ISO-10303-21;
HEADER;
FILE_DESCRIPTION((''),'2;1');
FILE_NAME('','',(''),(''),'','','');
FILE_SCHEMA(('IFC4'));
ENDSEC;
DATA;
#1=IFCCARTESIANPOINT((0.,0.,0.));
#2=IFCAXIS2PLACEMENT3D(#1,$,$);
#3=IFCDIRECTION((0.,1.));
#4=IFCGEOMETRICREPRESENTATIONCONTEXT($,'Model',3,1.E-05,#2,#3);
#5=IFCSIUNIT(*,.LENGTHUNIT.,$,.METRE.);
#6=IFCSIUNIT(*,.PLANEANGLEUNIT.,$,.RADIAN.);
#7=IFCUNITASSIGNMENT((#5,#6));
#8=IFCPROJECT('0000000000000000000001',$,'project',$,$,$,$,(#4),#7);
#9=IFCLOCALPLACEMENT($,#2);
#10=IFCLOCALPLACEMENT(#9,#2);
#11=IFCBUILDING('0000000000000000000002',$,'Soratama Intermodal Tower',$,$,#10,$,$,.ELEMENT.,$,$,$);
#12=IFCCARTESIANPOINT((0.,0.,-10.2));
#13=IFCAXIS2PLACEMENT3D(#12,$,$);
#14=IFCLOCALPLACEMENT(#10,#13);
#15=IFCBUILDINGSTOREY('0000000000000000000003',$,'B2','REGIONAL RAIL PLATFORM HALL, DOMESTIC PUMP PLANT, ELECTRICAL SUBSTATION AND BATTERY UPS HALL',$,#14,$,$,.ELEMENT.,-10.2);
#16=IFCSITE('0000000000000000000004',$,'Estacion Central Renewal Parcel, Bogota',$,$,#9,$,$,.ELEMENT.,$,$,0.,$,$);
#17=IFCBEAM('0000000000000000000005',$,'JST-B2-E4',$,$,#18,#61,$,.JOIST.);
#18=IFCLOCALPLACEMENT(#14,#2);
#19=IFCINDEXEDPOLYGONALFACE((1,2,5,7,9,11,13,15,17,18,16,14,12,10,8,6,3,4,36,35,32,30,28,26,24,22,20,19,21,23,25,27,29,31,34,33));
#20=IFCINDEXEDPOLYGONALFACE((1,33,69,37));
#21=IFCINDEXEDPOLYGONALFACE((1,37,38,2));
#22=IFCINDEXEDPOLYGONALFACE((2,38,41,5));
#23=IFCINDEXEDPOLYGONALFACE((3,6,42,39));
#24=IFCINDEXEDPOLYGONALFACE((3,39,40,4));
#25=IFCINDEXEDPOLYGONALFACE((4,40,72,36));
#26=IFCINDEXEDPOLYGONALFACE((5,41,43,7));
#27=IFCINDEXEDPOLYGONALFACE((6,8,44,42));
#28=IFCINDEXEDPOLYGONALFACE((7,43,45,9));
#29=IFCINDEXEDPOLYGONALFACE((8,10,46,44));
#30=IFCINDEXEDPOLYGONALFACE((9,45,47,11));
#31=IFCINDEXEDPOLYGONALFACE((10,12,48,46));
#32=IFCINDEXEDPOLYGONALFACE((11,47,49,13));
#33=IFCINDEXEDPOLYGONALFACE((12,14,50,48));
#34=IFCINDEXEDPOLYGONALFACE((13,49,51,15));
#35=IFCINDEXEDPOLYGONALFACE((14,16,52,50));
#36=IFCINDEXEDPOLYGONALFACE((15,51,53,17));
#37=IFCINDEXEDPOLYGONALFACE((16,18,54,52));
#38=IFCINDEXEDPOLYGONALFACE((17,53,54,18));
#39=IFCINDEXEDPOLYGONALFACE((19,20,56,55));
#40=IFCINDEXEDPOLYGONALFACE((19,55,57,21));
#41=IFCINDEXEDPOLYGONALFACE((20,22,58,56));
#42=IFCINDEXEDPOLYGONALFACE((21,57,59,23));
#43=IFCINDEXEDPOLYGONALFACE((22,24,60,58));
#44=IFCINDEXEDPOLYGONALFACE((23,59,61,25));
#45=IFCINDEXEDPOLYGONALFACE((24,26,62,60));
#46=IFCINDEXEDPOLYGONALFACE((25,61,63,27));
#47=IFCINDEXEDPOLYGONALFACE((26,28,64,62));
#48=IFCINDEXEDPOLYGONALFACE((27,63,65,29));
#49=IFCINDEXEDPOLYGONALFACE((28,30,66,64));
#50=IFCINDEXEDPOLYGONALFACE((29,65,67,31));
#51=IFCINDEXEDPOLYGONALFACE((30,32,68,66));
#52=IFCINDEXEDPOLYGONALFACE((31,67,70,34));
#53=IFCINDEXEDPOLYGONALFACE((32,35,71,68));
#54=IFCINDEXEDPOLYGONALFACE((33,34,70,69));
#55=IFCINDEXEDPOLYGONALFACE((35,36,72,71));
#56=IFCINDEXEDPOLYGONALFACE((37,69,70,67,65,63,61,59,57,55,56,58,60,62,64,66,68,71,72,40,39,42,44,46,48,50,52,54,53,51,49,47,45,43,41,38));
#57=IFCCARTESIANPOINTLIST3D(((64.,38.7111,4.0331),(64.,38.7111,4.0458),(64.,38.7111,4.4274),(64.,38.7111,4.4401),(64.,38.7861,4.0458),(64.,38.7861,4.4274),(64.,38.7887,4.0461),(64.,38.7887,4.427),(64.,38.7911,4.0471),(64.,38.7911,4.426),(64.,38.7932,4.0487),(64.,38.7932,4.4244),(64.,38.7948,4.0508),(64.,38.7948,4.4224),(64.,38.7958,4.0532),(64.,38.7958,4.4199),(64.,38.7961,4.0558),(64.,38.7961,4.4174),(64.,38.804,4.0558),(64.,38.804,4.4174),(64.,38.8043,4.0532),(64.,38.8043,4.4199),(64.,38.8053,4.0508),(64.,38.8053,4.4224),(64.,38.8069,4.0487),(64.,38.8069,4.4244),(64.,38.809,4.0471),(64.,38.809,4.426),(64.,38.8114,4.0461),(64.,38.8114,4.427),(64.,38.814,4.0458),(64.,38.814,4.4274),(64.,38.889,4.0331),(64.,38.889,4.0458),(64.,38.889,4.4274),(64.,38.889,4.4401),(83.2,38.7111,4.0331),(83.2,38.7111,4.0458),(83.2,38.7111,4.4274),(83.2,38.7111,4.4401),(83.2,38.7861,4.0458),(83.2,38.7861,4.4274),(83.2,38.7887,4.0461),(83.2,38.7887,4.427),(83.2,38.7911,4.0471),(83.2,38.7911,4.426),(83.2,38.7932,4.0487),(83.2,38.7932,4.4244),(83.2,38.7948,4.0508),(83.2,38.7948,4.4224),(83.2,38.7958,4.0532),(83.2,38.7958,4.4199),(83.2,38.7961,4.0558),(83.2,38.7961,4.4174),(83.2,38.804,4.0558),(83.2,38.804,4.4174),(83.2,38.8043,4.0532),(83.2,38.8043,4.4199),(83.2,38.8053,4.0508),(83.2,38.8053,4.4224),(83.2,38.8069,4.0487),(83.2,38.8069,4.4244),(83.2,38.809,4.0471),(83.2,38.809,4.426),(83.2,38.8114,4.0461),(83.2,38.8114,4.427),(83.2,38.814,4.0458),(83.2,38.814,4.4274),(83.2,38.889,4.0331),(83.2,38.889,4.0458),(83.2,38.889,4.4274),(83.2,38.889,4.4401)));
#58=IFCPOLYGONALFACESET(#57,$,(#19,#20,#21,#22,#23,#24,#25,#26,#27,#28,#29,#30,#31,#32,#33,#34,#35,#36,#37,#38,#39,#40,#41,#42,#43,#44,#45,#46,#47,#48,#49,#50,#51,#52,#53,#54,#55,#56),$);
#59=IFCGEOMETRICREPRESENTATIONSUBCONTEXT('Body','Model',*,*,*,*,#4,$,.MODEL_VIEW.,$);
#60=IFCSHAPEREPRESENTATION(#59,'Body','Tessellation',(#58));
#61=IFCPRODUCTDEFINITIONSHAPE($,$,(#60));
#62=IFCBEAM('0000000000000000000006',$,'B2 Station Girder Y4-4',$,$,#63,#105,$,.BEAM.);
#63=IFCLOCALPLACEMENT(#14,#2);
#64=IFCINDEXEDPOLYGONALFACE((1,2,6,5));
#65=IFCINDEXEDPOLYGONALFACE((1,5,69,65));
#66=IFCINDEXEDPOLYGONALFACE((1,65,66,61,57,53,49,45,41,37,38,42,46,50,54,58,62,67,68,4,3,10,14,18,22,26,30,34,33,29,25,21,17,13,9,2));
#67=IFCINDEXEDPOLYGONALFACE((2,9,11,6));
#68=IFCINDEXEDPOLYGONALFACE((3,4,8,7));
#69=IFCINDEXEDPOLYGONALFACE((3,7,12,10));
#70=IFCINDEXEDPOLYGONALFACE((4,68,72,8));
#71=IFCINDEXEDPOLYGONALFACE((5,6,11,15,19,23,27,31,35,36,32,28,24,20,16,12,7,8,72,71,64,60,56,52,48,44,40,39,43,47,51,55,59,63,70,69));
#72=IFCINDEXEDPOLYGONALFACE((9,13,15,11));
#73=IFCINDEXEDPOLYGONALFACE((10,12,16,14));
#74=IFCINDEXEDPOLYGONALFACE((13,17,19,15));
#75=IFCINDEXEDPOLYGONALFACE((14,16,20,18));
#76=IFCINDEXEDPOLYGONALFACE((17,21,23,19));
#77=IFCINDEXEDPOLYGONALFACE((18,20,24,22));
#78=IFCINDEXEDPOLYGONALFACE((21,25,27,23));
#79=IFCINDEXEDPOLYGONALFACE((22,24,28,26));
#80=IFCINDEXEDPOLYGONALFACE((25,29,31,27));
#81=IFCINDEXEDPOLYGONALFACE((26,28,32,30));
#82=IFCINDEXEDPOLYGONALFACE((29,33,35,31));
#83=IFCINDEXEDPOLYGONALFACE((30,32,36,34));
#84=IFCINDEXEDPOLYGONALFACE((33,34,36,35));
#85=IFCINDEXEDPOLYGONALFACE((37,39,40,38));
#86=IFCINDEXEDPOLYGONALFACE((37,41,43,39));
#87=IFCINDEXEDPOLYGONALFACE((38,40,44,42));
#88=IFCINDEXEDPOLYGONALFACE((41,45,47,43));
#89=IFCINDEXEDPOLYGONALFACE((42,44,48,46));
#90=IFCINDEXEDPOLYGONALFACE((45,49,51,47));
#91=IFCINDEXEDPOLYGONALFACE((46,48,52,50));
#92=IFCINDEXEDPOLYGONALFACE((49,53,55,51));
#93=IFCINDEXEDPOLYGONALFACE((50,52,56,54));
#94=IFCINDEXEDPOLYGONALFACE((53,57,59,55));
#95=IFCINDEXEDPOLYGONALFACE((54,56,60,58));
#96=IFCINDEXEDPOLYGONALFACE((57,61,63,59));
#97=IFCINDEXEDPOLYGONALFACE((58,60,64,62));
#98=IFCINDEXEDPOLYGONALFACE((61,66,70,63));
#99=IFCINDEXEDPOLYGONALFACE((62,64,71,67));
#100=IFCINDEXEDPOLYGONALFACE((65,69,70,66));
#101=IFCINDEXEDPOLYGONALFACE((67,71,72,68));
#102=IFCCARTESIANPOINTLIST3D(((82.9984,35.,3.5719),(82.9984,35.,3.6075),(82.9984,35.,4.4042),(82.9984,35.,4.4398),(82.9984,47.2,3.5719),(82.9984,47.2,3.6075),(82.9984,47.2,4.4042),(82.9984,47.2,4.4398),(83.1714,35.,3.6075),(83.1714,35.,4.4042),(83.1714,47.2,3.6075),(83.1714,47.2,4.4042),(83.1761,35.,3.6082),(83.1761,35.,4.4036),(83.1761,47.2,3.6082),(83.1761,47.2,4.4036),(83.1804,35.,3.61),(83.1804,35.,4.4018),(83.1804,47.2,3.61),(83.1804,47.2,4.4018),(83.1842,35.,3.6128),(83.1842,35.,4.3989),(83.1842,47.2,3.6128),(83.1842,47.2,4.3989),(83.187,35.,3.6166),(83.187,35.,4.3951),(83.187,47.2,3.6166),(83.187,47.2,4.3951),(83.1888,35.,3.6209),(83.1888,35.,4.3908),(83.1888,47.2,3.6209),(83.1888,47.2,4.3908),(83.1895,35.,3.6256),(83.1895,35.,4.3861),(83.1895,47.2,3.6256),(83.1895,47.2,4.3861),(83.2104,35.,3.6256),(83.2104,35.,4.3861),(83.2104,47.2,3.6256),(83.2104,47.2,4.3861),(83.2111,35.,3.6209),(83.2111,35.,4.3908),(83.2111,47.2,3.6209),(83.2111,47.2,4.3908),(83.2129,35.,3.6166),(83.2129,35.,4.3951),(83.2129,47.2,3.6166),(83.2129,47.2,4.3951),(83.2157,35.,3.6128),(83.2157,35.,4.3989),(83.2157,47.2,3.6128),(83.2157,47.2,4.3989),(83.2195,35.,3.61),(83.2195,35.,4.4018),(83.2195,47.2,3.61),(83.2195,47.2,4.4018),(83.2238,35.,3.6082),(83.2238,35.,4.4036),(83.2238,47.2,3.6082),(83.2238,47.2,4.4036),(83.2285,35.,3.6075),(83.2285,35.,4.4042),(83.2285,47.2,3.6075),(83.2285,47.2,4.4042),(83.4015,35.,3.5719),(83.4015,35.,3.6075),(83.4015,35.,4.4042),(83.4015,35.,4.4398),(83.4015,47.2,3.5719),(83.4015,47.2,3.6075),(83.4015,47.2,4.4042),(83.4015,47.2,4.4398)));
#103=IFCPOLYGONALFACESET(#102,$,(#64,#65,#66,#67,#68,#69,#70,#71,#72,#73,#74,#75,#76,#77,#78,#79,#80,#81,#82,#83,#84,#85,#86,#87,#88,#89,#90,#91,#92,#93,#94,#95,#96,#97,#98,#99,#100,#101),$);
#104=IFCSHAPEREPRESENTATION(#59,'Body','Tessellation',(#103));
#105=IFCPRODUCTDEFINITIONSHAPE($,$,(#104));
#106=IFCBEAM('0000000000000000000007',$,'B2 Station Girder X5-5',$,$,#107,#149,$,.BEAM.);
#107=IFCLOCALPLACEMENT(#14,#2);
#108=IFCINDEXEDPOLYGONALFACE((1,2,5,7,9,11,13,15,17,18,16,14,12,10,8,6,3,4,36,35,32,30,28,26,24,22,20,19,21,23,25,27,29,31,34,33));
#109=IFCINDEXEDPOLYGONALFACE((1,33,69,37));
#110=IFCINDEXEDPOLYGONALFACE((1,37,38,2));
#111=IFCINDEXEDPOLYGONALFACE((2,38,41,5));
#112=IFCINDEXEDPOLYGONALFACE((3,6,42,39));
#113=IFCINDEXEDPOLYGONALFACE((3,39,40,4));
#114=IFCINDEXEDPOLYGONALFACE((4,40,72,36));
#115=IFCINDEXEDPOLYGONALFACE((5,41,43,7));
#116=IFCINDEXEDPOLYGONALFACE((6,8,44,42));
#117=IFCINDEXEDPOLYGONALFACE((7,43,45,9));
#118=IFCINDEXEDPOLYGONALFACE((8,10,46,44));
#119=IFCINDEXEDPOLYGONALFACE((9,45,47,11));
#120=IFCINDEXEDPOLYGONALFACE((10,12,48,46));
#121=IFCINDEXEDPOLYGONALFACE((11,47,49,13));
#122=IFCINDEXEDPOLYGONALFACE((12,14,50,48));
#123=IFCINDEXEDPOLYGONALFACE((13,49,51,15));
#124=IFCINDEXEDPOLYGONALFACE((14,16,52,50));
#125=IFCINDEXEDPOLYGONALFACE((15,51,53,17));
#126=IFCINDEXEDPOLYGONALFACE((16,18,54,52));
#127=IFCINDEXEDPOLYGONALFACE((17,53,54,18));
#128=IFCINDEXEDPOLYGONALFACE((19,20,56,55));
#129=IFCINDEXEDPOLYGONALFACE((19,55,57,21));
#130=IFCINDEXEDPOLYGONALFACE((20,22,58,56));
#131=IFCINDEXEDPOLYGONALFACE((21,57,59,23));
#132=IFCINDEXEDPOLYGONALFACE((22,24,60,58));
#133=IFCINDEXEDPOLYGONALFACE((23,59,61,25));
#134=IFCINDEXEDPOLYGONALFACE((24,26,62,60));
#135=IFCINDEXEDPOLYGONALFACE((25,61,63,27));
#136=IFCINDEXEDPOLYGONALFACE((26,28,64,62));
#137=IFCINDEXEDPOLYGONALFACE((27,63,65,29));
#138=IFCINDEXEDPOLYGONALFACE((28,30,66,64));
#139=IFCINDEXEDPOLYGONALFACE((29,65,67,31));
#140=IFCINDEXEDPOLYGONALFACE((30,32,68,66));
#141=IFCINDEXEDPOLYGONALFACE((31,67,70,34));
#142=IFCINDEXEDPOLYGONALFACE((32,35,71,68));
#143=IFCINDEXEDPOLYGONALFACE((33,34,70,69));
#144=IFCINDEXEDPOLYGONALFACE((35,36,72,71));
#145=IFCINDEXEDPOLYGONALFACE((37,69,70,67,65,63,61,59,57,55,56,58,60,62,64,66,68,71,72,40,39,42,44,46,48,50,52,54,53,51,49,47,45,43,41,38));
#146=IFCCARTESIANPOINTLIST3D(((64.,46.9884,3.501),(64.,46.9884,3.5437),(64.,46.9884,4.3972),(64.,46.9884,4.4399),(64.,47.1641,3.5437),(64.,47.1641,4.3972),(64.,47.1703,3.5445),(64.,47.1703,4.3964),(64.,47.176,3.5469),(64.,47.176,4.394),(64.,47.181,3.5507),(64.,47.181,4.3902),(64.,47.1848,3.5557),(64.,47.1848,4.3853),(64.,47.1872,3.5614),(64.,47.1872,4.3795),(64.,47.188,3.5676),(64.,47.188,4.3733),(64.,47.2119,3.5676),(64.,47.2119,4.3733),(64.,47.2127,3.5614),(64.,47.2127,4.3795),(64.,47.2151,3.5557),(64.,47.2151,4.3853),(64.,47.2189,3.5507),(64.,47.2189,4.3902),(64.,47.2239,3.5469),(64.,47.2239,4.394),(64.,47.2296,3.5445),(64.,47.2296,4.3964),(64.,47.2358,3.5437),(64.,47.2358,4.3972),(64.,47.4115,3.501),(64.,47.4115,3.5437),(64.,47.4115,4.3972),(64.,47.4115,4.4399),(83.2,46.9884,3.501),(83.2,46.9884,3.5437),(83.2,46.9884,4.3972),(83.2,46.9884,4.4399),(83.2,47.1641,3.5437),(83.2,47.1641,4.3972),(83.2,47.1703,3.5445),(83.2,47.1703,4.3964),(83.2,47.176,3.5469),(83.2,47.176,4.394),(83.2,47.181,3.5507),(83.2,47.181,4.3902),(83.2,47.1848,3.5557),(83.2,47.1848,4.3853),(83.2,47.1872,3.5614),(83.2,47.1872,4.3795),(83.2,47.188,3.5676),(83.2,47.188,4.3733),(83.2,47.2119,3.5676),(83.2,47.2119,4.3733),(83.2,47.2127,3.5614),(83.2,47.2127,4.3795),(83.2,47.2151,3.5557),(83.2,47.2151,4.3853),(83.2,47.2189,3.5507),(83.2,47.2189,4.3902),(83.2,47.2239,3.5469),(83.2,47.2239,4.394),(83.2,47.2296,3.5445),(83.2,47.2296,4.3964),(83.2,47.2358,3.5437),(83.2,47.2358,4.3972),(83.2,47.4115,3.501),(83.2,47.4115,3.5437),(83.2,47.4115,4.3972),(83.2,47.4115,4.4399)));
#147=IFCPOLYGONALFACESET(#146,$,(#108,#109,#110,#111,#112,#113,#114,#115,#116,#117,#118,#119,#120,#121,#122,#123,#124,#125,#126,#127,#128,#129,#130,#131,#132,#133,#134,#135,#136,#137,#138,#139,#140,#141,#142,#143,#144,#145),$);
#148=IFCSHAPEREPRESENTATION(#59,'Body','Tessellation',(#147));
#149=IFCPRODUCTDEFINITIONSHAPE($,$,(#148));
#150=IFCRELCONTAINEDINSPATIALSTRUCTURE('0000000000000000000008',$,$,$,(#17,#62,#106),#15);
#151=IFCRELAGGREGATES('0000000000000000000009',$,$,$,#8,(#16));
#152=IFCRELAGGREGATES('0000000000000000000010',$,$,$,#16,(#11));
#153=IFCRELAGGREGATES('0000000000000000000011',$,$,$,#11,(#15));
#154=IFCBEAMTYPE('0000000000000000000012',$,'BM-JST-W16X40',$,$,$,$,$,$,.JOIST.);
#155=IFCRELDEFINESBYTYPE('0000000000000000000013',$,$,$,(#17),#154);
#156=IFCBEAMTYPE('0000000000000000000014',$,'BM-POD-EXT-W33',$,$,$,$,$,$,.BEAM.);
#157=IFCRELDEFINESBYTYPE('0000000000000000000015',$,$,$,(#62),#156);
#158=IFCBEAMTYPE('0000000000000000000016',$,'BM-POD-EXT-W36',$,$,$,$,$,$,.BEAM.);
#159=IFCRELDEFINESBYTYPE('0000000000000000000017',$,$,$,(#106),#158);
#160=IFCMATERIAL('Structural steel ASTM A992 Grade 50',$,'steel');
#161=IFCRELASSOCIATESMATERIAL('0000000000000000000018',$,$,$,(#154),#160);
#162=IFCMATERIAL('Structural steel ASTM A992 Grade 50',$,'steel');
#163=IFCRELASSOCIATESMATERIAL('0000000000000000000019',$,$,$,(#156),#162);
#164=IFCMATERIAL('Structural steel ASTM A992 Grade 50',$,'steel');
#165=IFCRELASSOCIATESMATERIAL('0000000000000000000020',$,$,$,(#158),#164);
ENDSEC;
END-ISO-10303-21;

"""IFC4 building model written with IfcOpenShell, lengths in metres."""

from ifc_helpers import new_model, si_unit, direction, frame, origin, origin_2d, place, context, subcontext, project, spatial, i_section, extrude, material, material_profile, profile_set, type_object, element, save


model = new_model("IFC4")

# Units and contexts
model_context = context("Model", 3, precision=1e-05, world=origin(), true_north=direction((0.0, 1.0)))
body_context = subcontext(model_context, "Body", "Model", "MODEL_VIEW")
ifc_project = project(units=[si_unit("LENGTHUNIT", "METRE"), si_unit("PLANEANGLEUNIT", "RADIAN")], contexts=[model_context])

# Site, building, storey
site_placement = place(None, origin())
site = spatial("IfcSite", under=ifc_project, at=site_placement, Name="Estacion Central Renewal Parcel, Bogota", CompositionType="ELEMENT", RefElevation=0.0)
building_placement = place(site_placement, origin())
building = spatial("IfcBuilding", under=site, at=building_placement, Name="Soratama Intermodal Tower", CompositionType="ELEMENT")
storey_placement = place(building_placement, frame((0.0, 0.0, -10.2)))
storey = spatial("IfcBuildingStorey", under=building, at=storey_placement, Name="B2", Description="REGIONAL RAIL PLATFORM HALL, DOMESTIC PUMP PLANT, ELECTRICAL SUBSTATION AND BATTERY UPS HALL", CompositionType="ELEMENT", Elevation=-10.2)

# Beams
ifc_material_1 = material(Name="Structural steel ASTM A992 Grade 50", Category="steel")
ifc_material_profile_1 = material_profile(ifc_material_1, i_section(OverallWidth=0.178, OverallDepth=0.407, WebThickness=0.0078, FlangeThickness=0.0127, FilletRadius=0.01, at=origin_2d()), Name="W16X40")
ifc_profile_set_1 = profile_set([ifc_material_profile_1], Name="Structural steel ASTM A992 Grade 50")
beam_type_1 = type_object("IfcBeamType", Name="BM-JST-W16X40", PredefinedType="JOIST", material=ifc_profile_set_1)
beam_1_placement = place(storey_placement, frame((64.0, 38.8, 4.2366), z_axis=(1.0, 0.0, 0.0), x_axis=(0.0, 1.0, 0.0)))
element("IfcBeam", 1, at=beam_1_placement, inside=storey, type_object=beam_type_1, Name="JST-B2-E4", PredefinedType="JOIST", context=body_context, shape_type="SweptSolid", body=[
    extrude(i_section(OverallWidth=0.178, OverallDepth=0.407, WebThickness=0.0078, FlangeThickness=0.0127, FilletRadius=0.01, at=origin_2d()), origin(), (0.0, 0.0, 1.0), 19.2),
])
ifc_material_2 = material(Name="Structural steel ASTM A992 Grade 50", Category="steel")
ifc_material_profile_2 = material_profile(ifc_material_2, i_section(OverallWidth=0.4031, OverallDepth=0.8679, WebThickness=0.021, FlangeThickness=0.0356, FilletRadius=0.0181, at=origin_2d()), Name="W33X241")
ifc_profile_set_2 = profile_set([ifc_material_profile_2], Name="Structural steel ASTM A992 Grade 50")
beam_type_2 = type_object("IfcBeamType", Name="BM-POD-EXT-W33", PredefinedType="BEAM", material=ifc_profile_set_2)
beam_2_placement = place(storey_placement, frame((83.2, 35.0, 4.0059), z_axis=(0.0, 1.0, 0.0), x_axis=(-1.0, 0.0, 0.0)))
element("IfcBeam", 2, at=beam_2_placement, inside=storey, type_object=beam_type_2, Name="B2 Station Girder Y4-4", PredefinedType="BEAM", context=body_context, shape_type="SweptSolid", body=[
    extrude(i_section(OverallWidth=0.4031, OverallDepth=0.8679, WebThickness=0.021, FlangeThickness=0.0356, FilletRadius=0.0181, at=origin_2d()), origin(), (0.0, 0.0, 1.0), 12.2),
])
ifc_material_3 = material(Name="Structural steel ASTM A992 Grade 50", Category="steel")
ifc_material_profile_3 = material_profile(ifc_material_3, i_section(OverallWidth=0.4231, OverallDepth=0.939, WebThickness=0.0239, FlangeThickness=0.0427, FilletRadius=0.0239, at=origin_2d()), Name="W36X302")
ifc_profile_set_3 = profile_set([ifc_material_profile_3], Name="Structural steel ASTM A992 Grade 50")
beam_type_3 = type_object("IfcBeamType", Name="BM-POD-EXT-W36", PredefinedType="BEAM", material=ifc_profile_set_3)
beam_3_placement = place(storey_placement, frame((64.0, 47.2, 3.9705), z_axis=(1.0, 0.0, 0.0), x_axis=(0.0, 1.0, 0.0)))
element("IfcBeam", 3, at=beam_3_placement, inside=storey, type_object=beam_type_3, Name="B2 Station Girder X5-5", PredefinedType="BEAM", context=body_context, shape_type="SweptSolid", body=[
    extrude(i_section(OverallWidth=0.4231, OverallDepth=0.939, WebThickness=0.0239, FlangeThickness=0.0427, FilletRadius=0.0239, at=origin_2d()), origin(), (0.0, 0.0, 1.0), 19.2),
])

save(model, "model.ifc")
